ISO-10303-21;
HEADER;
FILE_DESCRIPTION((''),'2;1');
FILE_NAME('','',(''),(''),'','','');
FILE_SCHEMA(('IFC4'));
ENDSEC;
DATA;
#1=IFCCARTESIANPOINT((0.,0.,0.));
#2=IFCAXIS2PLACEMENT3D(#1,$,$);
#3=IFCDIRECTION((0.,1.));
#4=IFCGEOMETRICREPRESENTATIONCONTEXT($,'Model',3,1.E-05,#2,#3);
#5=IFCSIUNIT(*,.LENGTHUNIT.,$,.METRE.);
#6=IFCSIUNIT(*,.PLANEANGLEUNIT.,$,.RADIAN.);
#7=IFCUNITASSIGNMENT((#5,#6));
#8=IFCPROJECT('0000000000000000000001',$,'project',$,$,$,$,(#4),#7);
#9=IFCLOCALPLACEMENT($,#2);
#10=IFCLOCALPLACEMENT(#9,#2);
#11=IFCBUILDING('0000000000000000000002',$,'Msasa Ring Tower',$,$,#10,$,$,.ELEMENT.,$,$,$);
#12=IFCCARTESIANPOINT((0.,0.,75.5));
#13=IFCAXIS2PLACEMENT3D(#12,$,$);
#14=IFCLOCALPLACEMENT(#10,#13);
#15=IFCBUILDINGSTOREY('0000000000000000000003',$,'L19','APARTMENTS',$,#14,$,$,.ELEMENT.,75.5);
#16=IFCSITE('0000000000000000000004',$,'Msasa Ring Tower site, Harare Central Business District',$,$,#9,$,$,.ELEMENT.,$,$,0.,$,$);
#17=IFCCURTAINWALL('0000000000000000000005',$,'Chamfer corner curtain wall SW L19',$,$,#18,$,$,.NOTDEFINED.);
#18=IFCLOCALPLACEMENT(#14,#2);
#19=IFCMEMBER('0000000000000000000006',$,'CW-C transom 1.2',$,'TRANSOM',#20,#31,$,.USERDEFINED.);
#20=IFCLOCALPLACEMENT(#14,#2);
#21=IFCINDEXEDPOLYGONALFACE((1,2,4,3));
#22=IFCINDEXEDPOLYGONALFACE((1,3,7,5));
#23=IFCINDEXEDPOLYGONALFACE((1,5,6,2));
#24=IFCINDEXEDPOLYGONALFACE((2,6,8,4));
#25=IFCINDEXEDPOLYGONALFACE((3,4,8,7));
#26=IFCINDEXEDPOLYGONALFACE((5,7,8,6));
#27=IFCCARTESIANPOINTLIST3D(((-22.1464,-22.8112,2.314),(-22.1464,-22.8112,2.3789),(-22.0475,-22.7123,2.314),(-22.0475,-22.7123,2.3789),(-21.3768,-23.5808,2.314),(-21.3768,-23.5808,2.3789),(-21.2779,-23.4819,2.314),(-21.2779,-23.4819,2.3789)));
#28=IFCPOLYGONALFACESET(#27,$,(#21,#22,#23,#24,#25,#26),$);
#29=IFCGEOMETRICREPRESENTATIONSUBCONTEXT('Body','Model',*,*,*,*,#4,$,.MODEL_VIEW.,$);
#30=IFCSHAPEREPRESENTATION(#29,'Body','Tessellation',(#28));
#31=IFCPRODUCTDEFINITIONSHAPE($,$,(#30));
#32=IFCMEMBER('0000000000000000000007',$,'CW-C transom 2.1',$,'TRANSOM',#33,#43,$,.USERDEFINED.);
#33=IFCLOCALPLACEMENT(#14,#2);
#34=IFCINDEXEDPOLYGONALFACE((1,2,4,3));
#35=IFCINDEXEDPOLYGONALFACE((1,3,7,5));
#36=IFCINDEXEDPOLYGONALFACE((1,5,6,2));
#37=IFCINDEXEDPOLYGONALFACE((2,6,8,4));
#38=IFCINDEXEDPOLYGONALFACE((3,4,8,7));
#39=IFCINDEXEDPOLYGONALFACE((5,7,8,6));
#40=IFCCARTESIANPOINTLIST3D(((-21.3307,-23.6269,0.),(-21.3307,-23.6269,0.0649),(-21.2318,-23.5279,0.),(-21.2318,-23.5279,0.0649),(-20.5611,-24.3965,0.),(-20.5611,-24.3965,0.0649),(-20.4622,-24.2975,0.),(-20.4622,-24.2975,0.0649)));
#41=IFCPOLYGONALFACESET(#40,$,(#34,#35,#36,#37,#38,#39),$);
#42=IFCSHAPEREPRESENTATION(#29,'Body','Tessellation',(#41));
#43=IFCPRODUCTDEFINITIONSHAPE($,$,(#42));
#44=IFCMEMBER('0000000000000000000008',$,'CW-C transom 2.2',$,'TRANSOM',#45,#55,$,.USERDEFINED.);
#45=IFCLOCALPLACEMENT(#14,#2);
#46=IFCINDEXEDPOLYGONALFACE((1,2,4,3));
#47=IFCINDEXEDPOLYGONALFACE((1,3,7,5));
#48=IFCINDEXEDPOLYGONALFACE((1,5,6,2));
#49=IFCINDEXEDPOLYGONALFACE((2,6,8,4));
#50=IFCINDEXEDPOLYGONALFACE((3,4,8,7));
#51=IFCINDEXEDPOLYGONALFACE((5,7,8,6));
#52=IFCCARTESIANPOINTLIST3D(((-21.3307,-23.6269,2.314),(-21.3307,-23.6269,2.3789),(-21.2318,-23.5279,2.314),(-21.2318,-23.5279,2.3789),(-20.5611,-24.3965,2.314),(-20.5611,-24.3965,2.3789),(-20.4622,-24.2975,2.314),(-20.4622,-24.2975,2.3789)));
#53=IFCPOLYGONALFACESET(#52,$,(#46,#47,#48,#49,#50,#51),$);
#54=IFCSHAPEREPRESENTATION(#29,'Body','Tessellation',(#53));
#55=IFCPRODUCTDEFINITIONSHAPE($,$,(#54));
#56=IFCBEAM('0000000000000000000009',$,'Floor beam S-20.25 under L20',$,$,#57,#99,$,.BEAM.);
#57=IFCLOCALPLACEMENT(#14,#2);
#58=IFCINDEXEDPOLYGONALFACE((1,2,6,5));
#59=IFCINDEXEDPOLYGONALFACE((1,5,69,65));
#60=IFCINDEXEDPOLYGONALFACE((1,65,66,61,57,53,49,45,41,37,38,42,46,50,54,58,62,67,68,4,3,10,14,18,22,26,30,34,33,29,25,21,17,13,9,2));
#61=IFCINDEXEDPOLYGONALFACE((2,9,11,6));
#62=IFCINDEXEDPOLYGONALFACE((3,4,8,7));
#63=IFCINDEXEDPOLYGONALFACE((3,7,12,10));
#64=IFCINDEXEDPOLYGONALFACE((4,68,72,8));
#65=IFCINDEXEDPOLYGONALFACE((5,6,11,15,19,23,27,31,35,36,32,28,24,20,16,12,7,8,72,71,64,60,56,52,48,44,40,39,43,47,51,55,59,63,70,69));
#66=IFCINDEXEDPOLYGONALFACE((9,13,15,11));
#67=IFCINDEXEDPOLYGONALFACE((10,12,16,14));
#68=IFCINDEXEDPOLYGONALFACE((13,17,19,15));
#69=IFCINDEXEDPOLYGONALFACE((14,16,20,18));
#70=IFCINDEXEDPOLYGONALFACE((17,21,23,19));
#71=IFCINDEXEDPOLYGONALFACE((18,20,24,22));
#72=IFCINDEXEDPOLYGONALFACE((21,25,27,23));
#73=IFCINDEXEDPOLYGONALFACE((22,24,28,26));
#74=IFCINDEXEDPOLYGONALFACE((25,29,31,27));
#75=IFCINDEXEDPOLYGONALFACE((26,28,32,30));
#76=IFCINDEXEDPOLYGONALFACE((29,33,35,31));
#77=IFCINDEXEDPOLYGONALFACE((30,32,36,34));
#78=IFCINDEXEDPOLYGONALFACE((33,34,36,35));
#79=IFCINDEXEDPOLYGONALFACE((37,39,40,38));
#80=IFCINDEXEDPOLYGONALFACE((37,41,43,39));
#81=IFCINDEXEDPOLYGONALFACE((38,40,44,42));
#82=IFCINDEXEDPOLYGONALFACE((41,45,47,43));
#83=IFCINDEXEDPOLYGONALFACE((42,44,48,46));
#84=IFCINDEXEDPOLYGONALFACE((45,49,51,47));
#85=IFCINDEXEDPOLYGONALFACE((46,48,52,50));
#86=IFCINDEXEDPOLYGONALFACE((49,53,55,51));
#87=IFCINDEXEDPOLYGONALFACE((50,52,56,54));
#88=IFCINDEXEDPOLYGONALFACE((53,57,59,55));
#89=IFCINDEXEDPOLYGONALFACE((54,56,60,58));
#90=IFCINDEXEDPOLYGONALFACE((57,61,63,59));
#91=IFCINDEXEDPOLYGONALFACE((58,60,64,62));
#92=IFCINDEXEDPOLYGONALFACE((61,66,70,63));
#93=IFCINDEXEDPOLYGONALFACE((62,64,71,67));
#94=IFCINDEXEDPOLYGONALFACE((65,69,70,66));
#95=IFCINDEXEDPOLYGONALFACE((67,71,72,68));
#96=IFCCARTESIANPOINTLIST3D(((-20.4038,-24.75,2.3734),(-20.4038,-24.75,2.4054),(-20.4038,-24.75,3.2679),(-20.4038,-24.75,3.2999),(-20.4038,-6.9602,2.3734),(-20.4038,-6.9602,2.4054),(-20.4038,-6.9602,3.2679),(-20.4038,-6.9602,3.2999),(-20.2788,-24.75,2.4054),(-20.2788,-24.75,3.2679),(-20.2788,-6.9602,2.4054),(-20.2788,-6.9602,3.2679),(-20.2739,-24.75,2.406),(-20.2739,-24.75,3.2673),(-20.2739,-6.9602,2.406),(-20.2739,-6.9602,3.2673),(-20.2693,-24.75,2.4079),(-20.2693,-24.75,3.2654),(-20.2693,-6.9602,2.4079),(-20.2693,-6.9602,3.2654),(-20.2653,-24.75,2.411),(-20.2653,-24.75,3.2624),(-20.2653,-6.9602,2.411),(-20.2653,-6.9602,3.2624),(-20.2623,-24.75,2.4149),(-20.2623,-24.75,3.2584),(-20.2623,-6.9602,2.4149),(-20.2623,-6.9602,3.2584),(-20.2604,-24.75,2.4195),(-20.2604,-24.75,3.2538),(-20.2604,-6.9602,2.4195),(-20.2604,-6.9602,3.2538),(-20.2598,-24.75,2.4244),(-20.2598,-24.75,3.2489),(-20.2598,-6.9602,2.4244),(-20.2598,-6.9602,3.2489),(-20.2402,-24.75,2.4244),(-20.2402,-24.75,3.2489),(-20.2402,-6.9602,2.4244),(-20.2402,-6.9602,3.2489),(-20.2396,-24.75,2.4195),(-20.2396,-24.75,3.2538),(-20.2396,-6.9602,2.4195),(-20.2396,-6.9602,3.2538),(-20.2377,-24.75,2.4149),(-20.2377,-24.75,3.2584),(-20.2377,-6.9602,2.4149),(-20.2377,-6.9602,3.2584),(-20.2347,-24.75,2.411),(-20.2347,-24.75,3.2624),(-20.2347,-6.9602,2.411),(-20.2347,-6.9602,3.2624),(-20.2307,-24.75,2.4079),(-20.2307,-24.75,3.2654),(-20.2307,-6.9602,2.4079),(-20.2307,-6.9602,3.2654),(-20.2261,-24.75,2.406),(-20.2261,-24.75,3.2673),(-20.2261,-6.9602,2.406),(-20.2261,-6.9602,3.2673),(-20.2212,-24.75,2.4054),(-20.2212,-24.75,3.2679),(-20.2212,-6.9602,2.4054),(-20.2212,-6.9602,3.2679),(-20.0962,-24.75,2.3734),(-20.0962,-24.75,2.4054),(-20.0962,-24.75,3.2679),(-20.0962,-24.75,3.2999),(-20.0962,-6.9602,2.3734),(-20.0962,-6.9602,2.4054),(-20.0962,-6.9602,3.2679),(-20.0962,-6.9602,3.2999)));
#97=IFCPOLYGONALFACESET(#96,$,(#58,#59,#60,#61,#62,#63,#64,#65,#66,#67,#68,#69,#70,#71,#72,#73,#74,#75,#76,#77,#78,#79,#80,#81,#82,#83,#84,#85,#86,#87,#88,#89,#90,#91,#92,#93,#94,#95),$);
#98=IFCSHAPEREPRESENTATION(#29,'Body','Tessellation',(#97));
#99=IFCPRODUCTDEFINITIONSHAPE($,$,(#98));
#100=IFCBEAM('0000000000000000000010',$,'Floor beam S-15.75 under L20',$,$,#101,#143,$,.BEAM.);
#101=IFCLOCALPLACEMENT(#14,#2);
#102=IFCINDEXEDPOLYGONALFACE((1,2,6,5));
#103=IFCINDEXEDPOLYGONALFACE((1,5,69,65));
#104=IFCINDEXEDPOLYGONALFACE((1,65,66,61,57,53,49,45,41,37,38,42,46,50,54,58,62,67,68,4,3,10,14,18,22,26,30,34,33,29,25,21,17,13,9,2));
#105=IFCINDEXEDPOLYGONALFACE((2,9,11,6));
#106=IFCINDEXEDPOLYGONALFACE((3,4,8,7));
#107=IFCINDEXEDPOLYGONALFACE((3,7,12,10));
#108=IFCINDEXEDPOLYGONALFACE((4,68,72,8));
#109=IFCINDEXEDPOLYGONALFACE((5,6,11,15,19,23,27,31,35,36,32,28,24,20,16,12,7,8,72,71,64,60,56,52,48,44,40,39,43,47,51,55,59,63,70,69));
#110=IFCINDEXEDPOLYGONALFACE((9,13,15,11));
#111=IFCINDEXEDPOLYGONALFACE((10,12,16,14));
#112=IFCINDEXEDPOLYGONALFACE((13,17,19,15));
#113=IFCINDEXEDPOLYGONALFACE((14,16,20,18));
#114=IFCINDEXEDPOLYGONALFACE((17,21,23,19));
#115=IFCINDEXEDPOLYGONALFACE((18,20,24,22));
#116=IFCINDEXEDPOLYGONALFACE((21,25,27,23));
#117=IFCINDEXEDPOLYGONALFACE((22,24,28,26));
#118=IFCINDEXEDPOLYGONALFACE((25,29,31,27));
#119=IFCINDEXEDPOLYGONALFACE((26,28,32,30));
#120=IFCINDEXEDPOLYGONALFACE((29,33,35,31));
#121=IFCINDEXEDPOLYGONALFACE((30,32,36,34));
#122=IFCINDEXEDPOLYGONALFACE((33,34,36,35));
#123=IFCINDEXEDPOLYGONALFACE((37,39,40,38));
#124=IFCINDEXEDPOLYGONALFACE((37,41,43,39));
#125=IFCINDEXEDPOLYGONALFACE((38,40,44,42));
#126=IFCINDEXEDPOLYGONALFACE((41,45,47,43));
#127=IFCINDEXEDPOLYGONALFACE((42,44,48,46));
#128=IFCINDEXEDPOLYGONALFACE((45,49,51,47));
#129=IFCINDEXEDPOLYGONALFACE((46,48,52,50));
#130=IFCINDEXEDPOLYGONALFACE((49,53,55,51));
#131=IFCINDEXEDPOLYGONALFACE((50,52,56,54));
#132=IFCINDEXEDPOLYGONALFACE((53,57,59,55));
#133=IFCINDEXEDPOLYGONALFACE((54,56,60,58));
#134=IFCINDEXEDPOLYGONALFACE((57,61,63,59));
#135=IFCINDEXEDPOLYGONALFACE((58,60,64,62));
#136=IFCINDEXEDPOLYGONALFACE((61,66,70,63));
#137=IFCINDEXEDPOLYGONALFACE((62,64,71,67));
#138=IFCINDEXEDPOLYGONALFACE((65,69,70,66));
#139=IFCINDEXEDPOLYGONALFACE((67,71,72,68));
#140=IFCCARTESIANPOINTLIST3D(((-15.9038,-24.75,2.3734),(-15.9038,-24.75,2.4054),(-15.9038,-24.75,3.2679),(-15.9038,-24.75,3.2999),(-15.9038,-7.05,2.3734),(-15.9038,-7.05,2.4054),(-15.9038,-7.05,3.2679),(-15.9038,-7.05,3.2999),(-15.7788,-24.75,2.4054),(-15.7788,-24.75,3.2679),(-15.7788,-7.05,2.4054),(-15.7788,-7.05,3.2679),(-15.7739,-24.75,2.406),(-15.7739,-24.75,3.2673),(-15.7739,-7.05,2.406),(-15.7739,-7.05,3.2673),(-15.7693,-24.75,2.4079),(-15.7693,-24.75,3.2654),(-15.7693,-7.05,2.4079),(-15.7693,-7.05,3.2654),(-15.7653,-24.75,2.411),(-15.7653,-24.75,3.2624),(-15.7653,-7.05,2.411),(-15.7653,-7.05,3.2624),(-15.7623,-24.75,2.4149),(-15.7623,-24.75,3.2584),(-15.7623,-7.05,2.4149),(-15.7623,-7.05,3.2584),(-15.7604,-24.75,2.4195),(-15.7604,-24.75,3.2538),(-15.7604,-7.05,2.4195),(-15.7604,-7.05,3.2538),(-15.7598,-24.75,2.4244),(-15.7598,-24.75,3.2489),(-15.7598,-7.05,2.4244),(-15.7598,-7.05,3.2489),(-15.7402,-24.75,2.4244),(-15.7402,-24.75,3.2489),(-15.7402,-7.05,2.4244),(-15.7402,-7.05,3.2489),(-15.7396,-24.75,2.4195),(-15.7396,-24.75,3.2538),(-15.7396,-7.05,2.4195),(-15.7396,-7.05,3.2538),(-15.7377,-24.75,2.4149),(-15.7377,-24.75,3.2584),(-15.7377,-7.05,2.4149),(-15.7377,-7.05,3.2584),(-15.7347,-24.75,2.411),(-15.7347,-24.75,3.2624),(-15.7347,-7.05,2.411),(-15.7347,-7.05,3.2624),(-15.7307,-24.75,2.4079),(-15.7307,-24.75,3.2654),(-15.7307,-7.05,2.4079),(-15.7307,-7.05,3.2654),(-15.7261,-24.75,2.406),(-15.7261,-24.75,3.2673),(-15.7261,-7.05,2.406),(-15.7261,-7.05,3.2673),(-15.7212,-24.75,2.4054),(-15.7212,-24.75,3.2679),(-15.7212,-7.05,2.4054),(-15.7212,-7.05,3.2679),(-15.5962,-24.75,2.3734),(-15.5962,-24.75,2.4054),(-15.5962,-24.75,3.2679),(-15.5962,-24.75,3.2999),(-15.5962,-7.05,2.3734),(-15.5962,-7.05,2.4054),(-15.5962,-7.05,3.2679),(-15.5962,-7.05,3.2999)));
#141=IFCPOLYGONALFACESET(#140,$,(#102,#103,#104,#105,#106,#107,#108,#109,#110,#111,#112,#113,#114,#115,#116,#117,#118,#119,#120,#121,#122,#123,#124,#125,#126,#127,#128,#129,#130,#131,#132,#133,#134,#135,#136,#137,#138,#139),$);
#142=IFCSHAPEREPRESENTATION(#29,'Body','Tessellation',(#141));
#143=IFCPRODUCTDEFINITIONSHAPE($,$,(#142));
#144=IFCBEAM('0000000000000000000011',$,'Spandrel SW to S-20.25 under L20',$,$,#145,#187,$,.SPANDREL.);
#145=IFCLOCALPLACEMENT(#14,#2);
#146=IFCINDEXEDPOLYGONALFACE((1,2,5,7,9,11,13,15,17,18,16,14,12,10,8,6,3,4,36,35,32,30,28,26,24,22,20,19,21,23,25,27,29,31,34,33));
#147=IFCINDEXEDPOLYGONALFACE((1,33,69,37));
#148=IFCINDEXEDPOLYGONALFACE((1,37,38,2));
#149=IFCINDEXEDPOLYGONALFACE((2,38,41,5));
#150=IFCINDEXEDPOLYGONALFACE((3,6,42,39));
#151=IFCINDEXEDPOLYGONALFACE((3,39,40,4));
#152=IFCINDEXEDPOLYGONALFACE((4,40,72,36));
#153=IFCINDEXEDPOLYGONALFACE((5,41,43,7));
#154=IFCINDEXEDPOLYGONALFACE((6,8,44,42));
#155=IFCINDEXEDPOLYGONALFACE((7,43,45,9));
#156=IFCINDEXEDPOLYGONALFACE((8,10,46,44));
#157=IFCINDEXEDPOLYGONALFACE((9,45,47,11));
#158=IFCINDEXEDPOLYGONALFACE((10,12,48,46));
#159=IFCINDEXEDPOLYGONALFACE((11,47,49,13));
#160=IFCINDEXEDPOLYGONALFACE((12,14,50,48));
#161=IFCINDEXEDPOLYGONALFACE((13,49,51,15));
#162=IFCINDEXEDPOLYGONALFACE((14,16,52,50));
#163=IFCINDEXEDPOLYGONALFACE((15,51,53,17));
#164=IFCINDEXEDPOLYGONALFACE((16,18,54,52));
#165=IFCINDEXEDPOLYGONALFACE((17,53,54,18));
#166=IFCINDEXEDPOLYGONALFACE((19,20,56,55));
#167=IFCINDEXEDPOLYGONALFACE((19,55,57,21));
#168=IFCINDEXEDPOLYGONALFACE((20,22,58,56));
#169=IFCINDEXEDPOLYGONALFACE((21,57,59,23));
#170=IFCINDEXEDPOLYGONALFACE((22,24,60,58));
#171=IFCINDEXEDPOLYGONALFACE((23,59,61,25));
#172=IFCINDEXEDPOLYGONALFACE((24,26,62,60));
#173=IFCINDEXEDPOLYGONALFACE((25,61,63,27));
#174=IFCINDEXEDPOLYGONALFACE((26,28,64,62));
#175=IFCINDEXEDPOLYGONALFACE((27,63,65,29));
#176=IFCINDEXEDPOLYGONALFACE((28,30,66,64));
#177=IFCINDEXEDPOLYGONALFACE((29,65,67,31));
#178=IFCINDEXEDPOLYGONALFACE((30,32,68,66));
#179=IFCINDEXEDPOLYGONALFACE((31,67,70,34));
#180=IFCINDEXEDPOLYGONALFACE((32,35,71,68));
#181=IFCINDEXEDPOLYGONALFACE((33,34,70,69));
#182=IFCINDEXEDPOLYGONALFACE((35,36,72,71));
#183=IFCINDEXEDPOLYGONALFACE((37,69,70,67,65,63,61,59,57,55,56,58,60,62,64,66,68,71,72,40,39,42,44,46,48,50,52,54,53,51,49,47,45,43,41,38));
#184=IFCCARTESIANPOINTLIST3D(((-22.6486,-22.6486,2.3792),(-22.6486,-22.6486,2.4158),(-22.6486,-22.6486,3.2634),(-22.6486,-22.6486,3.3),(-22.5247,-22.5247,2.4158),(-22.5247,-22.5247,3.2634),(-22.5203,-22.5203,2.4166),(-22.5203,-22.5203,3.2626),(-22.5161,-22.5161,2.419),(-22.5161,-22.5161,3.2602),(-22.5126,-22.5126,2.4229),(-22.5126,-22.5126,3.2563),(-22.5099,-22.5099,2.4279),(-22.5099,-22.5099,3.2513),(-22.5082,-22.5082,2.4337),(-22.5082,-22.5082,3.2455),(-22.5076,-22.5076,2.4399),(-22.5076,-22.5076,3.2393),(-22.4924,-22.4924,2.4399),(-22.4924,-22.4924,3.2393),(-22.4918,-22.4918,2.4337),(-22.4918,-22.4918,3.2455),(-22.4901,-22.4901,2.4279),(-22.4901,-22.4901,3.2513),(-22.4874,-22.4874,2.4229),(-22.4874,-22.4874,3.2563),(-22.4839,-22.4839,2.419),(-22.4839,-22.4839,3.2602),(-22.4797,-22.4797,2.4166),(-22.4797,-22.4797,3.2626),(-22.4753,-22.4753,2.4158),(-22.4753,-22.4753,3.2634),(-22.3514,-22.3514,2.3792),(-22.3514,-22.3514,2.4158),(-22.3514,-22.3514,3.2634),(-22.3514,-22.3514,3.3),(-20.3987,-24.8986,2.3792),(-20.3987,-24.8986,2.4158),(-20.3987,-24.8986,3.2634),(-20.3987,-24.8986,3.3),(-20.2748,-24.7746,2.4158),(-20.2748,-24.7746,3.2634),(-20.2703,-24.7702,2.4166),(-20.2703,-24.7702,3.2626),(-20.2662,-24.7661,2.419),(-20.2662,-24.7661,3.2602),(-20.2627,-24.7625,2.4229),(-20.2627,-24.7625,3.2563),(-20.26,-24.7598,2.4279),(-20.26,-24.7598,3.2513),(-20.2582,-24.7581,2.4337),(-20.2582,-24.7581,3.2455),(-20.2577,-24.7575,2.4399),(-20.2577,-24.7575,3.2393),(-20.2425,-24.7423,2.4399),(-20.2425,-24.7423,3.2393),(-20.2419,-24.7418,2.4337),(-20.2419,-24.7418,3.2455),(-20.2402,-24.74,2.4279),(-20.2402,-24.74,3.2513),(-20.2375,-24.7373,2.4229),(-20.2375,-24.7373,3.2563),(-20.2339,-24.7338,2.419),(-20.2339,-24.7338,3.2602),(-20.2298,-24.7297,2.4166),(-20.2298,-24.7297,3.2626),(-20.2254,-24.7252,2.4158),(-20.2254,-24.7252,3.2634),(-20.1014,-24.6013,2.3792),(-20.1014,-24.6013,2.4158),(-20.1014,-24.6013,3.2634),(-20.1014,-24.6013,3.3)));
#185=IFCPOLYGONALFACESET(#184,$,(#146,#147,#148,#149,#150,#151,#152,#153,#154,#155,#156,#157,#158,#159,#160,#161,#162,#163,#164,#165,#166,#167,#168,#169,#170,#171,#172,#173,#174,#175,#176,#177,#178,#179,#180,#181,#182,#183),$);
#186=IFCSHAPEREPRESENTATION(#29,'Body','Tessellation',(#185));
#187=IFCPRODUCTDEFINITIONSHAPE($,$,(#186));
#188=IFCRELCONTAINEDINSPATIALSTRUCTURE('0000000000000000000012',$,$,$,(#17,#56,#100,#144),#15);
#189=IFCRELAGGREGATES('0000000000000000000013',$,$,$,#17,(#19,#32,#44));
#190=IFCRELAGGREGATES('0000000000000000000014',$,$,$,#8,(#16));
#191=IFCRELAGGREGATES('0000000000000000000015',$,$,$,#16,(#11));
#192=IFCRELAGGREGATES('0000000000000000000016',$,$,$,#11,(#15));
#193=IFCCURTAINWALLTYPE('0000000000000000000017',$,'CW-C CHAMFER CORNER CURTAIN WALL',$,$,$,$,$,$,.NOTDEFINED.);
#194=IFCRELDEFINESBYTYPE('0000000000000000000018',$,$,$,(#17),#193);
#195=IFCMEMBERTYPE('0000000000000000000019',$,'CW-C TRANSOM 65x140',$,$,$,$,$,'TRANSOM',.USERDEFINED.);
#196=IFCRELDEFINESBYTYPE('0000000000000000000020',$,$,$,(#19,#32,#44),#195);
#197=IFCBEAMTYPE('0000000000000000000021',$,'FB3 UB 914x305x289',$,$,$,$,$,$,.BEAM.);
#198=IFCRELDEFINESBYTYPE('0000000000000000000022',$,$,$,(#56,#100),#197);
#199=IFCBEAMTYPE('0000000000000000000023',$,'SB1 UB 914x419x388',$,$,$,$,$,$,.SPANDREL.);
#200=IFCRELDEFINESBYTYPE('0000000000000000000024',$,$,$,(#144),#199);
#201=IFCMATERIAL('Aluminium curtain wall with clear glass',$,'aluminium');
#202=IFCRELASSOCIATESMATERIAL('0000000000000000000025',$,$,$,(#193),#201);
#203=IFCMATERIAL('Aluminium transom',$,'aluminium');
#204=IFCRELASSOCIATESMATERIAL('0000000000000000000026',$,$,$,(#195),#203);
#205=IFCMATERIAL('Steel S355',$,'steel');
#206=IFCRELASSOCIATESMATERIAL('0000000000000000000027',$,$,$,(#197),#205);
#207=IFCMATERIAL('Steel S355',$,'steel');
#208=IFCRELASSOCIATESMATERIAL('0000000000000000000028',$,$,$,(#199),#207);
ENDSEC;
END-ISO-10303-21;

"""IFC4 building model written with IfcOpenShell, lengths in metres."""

from ifc_helpers import new_model, si_unit, direction, frame, origin, origin_2d, place, context, subcontext, project, spatial, rectangle, i_section, extrude, material, material_profile, profile_set, type_object, element, aggregate, save


model = new_model("IFC4")

# Units and contexts
model_context = context("Model", 3, precision=1e-05, world=origin(), true_north=direction((0.0, 1.0)))
body_context = subcontext(model_context, "Body", "Model", "MODEL_VIEW")
ifc_project = project(units=[si_unit("LENGTHUNIT", "METRE"), si_unit("PLANEANGLEUNIT", "RADIAN")], contexts=[model_context])

# Site, building, storey
site_placement = place(None, origin())
site = spatial("IfcSite", under=ifc_project, at=site_placement, Name="Msasa Ring Tower site, Harare Central Business District", CompositionType="ELEMENT", RefElevation=0.0)
building_placement = place(site_placement, origin())
building = spatial("IfcBuilding", under=site, at=building_placement, Name="Msasa Ring Tower", CompositionType="ELEMENT")
storey_placement = place(building_placement, frame((0.0, 0.0, 75.5)))
storey = spatial("IfcBuildingStorey", under=building, at=storey_placement, Name="L19", Description="APARTMENTS", CompositionType="ELEMENT", Elevation=75.5)

# Curtain wall
ifc_material_1 = material(Name="Aluminium curtain wall with clear glass", Category="aluminium")
curtain_wall_type = type_object("IfcCurtainWallType", Name="CW-C CHAMFER CORNER CURTAIN WALL", PredefinedType="NOTDEFINED", material=ifc_material_1)
curtain_wall_1_placement = place(storey_placement, origin())
curtain_wall_1 = element("IfcCurtainWall", 1, at=curtain_wall_1_placement, inside=storey, type_object=curtain_wall_type, Name="Chamfer corner curtain wall SW L19", PredefinedType="NOTDEFINED")

# Members
ifc_material_2 = material(Name="Aluminium transom", Category="aluminium")
ifc_material_profile_1 = material_profile(ifc_material_2, rectangle(XDim=0.1399, YDim=0.0649, at=origin_2d()), Name="AL 65x140")
ifc_profile_set_1 = profile_set([ifc_material_profile_1], Name="Aluminium transom")
member_type_1 = type_object("IfcMemberType", Name="CW-C TRANSOM 65x140", ElementType="TRANSOM", PredefinedType="USERDEFINED", material=ifc_profile_set_1)
member_1_placement = place(storey_placement, frame((-22.0969, -22.7617, 2.3464), z_axis=(0.707107, -0.707107, 0.0), x_axis=(0.707107, 0.707107, 0.0)))
member_1 = element("IfcMember", 2, at=member_1_placement, type_object=member_type_1, Name="CW-C transom 1.2", ObjectType="TRANSOM", PredefinedType="USERDEFINED", context=body_context, shape_type="SweptSolid", body=[
    extrude(rectangle(XDim=0.1399, YDim=0.0649, at=origin_2d()), origin(), (0.0, 0.0, 1.0), 1.0884),
])
member_2_placement = place(storey_placement, frame((-21.2812, -23.5774, 0.0325), z_axis=(0.707107, -0.707107, 0.0), x_axis=(0.707107, 0.707107, 0.0)))
member_2 = element("IfcMember", 3, at=member_2_placement, type_object=member_type_1, Name="CW-C transom 2.1", ObjectType="TRANSOM", PredefinedType="USERDEFINED", context=body_context, shape_type="SweptSolid", body=[
    extrude(rectangle(XDim=0.1399, YDim=0.0649, at=origin_2d()), origin(), (0.0, 0.0, 1.0), 1.0884),
])
member_3_placement = place(storey_placement, frame((-21.2812, -23.5774, 2.3464), z_axis=(0.707107, -0.707107, 0.0), x_axis=(0.707107, 0.707107, 0.0)))
member_3 = element("IfcMember", 4, at=member_3_placement, type_object=member_type_1, Name="CW-C transom 2.2", ObjectType="TRANSOM", PredefinedType="USERDEFINED", context=body_context, shape_type="SweptSolid", body=[
    extrude(rectangle(XDim=0.1399, YDim=0.0649, at=origin_2d()), origin(), (0.0, 0.0, 1.0), 1.0884),
])

# Beams
ifc_material_3 = material(Name="Steel S355", Category="steel")
ifc_material_profile_2 = material_profile(ifc_material_3, i_section(OverallWidth=0.3076, OverallDepth=0.9265, WebThickness=0.0195, FlangeThickness=0.032, FilletRadius=0.019, at=origin_2d()), Name="UB 914x305x289")
ifc_profile_set_2 = profile_set([ifc_material_profile_2], Name="Steel S355")
beam_type_1 = type_object("IfcBeamType", Name="FB3 UB 914x305x289", PredefinedType="BEAM", material=ifc_profile_set_2)
beam_1_placement = place(storey_placement, frame((-20.25, -24.75, 2.8367), z_axis=(0.0, 1.0, 0.0), x_axis=(-1.0, 0.0, 0.0)))
element("IfcBeam", 5, at=beam_1_placement, inside=storey, type_object=beam_type_1, Name="Floor beam S-20.25 under L20", PredefinedType="BEAM", context=body_context, shape_type="SweptSolid", body=[
    extrude(i_section(OverallWidth=0.3076, OverallDepth=0.9265, WebThickness=0.0195, FlangeThickness=0.032, FilletRadius=0.019, at=origin_2d()), origin(), (0.0, 0.0, 1.0), 17.7898),
])
beam_2_placement = place(storey_placement, frame((-15.75, -24.75, 2.8367), z_axis=(0.0, 1.0, 0.0), x_axis=(-1.0, 0.0, 0.0)))
element("IfcBeam", 6, at=beam_2_placement, inside=storey, type_object=beam_type_1, Name="Floor beam S-15.75 under L20", PredefinedType="BEAM", context=body_context, shape_type="SweptSolid", body=[
    extrude(i_section(OverallWidth=0.3076, OverallDepth=0.9265, WebThickness=0.0195, FlangeThickness=0.032, FilletRadius=0.019, at=origin_2d()), origin(), (0.0, 0.0, 1.0), 17.7),
])
ifc_material_4 = material(Name="Steel S355", Category="steel")
ifc_material_profile_3 = material_profile(ifc_material_4, i_section(OverallWidth=0.4204, OverallDepth=0.9209, WebThickness=0.0215, FlangeThickness=0.0366, FilletRadius=0.0242, at=origin_2d()), Name="UB 914x419x388")
ifc_profile_set_3 = profile_set([ifc_material_profile_3], Name="Steel S355")
beam_type_2 = type_object("IfcBeamType", Name="SB1 UB 914x419x388", PredefinedType="SPANDREL", material=ifc_profile_set_3)
beam_3_placement = place(storey_placement, frame((-22.5, -22.5, 2.8396), z_axis=(0.707107, -0.707107, 0.0), x_axis=(0.707107, 0.707107, 0.0)))
element("IfcBeam", 7, at=beam_3_placement, inside=storey, type_object=beam_type_2, Name="Spandrel SW to S-20.25 under L20", PredefinedType="SPANDREL", context=body_context, shape_type="SweptSolid", body=[
    extrude(i_section(OverallWidth=0.4204, OverallDepth=0.9209, WebThickness=0.0215, FlangeThickness=0.0366, FilletRadius=0.0242, at=origin_2d()), origin(), (0.0, 0.0, 1.0), 3.1819),
])

aggregate(curtain_wall_1, [member_1, member_2, member_3])

save(model, "model.ifc")
